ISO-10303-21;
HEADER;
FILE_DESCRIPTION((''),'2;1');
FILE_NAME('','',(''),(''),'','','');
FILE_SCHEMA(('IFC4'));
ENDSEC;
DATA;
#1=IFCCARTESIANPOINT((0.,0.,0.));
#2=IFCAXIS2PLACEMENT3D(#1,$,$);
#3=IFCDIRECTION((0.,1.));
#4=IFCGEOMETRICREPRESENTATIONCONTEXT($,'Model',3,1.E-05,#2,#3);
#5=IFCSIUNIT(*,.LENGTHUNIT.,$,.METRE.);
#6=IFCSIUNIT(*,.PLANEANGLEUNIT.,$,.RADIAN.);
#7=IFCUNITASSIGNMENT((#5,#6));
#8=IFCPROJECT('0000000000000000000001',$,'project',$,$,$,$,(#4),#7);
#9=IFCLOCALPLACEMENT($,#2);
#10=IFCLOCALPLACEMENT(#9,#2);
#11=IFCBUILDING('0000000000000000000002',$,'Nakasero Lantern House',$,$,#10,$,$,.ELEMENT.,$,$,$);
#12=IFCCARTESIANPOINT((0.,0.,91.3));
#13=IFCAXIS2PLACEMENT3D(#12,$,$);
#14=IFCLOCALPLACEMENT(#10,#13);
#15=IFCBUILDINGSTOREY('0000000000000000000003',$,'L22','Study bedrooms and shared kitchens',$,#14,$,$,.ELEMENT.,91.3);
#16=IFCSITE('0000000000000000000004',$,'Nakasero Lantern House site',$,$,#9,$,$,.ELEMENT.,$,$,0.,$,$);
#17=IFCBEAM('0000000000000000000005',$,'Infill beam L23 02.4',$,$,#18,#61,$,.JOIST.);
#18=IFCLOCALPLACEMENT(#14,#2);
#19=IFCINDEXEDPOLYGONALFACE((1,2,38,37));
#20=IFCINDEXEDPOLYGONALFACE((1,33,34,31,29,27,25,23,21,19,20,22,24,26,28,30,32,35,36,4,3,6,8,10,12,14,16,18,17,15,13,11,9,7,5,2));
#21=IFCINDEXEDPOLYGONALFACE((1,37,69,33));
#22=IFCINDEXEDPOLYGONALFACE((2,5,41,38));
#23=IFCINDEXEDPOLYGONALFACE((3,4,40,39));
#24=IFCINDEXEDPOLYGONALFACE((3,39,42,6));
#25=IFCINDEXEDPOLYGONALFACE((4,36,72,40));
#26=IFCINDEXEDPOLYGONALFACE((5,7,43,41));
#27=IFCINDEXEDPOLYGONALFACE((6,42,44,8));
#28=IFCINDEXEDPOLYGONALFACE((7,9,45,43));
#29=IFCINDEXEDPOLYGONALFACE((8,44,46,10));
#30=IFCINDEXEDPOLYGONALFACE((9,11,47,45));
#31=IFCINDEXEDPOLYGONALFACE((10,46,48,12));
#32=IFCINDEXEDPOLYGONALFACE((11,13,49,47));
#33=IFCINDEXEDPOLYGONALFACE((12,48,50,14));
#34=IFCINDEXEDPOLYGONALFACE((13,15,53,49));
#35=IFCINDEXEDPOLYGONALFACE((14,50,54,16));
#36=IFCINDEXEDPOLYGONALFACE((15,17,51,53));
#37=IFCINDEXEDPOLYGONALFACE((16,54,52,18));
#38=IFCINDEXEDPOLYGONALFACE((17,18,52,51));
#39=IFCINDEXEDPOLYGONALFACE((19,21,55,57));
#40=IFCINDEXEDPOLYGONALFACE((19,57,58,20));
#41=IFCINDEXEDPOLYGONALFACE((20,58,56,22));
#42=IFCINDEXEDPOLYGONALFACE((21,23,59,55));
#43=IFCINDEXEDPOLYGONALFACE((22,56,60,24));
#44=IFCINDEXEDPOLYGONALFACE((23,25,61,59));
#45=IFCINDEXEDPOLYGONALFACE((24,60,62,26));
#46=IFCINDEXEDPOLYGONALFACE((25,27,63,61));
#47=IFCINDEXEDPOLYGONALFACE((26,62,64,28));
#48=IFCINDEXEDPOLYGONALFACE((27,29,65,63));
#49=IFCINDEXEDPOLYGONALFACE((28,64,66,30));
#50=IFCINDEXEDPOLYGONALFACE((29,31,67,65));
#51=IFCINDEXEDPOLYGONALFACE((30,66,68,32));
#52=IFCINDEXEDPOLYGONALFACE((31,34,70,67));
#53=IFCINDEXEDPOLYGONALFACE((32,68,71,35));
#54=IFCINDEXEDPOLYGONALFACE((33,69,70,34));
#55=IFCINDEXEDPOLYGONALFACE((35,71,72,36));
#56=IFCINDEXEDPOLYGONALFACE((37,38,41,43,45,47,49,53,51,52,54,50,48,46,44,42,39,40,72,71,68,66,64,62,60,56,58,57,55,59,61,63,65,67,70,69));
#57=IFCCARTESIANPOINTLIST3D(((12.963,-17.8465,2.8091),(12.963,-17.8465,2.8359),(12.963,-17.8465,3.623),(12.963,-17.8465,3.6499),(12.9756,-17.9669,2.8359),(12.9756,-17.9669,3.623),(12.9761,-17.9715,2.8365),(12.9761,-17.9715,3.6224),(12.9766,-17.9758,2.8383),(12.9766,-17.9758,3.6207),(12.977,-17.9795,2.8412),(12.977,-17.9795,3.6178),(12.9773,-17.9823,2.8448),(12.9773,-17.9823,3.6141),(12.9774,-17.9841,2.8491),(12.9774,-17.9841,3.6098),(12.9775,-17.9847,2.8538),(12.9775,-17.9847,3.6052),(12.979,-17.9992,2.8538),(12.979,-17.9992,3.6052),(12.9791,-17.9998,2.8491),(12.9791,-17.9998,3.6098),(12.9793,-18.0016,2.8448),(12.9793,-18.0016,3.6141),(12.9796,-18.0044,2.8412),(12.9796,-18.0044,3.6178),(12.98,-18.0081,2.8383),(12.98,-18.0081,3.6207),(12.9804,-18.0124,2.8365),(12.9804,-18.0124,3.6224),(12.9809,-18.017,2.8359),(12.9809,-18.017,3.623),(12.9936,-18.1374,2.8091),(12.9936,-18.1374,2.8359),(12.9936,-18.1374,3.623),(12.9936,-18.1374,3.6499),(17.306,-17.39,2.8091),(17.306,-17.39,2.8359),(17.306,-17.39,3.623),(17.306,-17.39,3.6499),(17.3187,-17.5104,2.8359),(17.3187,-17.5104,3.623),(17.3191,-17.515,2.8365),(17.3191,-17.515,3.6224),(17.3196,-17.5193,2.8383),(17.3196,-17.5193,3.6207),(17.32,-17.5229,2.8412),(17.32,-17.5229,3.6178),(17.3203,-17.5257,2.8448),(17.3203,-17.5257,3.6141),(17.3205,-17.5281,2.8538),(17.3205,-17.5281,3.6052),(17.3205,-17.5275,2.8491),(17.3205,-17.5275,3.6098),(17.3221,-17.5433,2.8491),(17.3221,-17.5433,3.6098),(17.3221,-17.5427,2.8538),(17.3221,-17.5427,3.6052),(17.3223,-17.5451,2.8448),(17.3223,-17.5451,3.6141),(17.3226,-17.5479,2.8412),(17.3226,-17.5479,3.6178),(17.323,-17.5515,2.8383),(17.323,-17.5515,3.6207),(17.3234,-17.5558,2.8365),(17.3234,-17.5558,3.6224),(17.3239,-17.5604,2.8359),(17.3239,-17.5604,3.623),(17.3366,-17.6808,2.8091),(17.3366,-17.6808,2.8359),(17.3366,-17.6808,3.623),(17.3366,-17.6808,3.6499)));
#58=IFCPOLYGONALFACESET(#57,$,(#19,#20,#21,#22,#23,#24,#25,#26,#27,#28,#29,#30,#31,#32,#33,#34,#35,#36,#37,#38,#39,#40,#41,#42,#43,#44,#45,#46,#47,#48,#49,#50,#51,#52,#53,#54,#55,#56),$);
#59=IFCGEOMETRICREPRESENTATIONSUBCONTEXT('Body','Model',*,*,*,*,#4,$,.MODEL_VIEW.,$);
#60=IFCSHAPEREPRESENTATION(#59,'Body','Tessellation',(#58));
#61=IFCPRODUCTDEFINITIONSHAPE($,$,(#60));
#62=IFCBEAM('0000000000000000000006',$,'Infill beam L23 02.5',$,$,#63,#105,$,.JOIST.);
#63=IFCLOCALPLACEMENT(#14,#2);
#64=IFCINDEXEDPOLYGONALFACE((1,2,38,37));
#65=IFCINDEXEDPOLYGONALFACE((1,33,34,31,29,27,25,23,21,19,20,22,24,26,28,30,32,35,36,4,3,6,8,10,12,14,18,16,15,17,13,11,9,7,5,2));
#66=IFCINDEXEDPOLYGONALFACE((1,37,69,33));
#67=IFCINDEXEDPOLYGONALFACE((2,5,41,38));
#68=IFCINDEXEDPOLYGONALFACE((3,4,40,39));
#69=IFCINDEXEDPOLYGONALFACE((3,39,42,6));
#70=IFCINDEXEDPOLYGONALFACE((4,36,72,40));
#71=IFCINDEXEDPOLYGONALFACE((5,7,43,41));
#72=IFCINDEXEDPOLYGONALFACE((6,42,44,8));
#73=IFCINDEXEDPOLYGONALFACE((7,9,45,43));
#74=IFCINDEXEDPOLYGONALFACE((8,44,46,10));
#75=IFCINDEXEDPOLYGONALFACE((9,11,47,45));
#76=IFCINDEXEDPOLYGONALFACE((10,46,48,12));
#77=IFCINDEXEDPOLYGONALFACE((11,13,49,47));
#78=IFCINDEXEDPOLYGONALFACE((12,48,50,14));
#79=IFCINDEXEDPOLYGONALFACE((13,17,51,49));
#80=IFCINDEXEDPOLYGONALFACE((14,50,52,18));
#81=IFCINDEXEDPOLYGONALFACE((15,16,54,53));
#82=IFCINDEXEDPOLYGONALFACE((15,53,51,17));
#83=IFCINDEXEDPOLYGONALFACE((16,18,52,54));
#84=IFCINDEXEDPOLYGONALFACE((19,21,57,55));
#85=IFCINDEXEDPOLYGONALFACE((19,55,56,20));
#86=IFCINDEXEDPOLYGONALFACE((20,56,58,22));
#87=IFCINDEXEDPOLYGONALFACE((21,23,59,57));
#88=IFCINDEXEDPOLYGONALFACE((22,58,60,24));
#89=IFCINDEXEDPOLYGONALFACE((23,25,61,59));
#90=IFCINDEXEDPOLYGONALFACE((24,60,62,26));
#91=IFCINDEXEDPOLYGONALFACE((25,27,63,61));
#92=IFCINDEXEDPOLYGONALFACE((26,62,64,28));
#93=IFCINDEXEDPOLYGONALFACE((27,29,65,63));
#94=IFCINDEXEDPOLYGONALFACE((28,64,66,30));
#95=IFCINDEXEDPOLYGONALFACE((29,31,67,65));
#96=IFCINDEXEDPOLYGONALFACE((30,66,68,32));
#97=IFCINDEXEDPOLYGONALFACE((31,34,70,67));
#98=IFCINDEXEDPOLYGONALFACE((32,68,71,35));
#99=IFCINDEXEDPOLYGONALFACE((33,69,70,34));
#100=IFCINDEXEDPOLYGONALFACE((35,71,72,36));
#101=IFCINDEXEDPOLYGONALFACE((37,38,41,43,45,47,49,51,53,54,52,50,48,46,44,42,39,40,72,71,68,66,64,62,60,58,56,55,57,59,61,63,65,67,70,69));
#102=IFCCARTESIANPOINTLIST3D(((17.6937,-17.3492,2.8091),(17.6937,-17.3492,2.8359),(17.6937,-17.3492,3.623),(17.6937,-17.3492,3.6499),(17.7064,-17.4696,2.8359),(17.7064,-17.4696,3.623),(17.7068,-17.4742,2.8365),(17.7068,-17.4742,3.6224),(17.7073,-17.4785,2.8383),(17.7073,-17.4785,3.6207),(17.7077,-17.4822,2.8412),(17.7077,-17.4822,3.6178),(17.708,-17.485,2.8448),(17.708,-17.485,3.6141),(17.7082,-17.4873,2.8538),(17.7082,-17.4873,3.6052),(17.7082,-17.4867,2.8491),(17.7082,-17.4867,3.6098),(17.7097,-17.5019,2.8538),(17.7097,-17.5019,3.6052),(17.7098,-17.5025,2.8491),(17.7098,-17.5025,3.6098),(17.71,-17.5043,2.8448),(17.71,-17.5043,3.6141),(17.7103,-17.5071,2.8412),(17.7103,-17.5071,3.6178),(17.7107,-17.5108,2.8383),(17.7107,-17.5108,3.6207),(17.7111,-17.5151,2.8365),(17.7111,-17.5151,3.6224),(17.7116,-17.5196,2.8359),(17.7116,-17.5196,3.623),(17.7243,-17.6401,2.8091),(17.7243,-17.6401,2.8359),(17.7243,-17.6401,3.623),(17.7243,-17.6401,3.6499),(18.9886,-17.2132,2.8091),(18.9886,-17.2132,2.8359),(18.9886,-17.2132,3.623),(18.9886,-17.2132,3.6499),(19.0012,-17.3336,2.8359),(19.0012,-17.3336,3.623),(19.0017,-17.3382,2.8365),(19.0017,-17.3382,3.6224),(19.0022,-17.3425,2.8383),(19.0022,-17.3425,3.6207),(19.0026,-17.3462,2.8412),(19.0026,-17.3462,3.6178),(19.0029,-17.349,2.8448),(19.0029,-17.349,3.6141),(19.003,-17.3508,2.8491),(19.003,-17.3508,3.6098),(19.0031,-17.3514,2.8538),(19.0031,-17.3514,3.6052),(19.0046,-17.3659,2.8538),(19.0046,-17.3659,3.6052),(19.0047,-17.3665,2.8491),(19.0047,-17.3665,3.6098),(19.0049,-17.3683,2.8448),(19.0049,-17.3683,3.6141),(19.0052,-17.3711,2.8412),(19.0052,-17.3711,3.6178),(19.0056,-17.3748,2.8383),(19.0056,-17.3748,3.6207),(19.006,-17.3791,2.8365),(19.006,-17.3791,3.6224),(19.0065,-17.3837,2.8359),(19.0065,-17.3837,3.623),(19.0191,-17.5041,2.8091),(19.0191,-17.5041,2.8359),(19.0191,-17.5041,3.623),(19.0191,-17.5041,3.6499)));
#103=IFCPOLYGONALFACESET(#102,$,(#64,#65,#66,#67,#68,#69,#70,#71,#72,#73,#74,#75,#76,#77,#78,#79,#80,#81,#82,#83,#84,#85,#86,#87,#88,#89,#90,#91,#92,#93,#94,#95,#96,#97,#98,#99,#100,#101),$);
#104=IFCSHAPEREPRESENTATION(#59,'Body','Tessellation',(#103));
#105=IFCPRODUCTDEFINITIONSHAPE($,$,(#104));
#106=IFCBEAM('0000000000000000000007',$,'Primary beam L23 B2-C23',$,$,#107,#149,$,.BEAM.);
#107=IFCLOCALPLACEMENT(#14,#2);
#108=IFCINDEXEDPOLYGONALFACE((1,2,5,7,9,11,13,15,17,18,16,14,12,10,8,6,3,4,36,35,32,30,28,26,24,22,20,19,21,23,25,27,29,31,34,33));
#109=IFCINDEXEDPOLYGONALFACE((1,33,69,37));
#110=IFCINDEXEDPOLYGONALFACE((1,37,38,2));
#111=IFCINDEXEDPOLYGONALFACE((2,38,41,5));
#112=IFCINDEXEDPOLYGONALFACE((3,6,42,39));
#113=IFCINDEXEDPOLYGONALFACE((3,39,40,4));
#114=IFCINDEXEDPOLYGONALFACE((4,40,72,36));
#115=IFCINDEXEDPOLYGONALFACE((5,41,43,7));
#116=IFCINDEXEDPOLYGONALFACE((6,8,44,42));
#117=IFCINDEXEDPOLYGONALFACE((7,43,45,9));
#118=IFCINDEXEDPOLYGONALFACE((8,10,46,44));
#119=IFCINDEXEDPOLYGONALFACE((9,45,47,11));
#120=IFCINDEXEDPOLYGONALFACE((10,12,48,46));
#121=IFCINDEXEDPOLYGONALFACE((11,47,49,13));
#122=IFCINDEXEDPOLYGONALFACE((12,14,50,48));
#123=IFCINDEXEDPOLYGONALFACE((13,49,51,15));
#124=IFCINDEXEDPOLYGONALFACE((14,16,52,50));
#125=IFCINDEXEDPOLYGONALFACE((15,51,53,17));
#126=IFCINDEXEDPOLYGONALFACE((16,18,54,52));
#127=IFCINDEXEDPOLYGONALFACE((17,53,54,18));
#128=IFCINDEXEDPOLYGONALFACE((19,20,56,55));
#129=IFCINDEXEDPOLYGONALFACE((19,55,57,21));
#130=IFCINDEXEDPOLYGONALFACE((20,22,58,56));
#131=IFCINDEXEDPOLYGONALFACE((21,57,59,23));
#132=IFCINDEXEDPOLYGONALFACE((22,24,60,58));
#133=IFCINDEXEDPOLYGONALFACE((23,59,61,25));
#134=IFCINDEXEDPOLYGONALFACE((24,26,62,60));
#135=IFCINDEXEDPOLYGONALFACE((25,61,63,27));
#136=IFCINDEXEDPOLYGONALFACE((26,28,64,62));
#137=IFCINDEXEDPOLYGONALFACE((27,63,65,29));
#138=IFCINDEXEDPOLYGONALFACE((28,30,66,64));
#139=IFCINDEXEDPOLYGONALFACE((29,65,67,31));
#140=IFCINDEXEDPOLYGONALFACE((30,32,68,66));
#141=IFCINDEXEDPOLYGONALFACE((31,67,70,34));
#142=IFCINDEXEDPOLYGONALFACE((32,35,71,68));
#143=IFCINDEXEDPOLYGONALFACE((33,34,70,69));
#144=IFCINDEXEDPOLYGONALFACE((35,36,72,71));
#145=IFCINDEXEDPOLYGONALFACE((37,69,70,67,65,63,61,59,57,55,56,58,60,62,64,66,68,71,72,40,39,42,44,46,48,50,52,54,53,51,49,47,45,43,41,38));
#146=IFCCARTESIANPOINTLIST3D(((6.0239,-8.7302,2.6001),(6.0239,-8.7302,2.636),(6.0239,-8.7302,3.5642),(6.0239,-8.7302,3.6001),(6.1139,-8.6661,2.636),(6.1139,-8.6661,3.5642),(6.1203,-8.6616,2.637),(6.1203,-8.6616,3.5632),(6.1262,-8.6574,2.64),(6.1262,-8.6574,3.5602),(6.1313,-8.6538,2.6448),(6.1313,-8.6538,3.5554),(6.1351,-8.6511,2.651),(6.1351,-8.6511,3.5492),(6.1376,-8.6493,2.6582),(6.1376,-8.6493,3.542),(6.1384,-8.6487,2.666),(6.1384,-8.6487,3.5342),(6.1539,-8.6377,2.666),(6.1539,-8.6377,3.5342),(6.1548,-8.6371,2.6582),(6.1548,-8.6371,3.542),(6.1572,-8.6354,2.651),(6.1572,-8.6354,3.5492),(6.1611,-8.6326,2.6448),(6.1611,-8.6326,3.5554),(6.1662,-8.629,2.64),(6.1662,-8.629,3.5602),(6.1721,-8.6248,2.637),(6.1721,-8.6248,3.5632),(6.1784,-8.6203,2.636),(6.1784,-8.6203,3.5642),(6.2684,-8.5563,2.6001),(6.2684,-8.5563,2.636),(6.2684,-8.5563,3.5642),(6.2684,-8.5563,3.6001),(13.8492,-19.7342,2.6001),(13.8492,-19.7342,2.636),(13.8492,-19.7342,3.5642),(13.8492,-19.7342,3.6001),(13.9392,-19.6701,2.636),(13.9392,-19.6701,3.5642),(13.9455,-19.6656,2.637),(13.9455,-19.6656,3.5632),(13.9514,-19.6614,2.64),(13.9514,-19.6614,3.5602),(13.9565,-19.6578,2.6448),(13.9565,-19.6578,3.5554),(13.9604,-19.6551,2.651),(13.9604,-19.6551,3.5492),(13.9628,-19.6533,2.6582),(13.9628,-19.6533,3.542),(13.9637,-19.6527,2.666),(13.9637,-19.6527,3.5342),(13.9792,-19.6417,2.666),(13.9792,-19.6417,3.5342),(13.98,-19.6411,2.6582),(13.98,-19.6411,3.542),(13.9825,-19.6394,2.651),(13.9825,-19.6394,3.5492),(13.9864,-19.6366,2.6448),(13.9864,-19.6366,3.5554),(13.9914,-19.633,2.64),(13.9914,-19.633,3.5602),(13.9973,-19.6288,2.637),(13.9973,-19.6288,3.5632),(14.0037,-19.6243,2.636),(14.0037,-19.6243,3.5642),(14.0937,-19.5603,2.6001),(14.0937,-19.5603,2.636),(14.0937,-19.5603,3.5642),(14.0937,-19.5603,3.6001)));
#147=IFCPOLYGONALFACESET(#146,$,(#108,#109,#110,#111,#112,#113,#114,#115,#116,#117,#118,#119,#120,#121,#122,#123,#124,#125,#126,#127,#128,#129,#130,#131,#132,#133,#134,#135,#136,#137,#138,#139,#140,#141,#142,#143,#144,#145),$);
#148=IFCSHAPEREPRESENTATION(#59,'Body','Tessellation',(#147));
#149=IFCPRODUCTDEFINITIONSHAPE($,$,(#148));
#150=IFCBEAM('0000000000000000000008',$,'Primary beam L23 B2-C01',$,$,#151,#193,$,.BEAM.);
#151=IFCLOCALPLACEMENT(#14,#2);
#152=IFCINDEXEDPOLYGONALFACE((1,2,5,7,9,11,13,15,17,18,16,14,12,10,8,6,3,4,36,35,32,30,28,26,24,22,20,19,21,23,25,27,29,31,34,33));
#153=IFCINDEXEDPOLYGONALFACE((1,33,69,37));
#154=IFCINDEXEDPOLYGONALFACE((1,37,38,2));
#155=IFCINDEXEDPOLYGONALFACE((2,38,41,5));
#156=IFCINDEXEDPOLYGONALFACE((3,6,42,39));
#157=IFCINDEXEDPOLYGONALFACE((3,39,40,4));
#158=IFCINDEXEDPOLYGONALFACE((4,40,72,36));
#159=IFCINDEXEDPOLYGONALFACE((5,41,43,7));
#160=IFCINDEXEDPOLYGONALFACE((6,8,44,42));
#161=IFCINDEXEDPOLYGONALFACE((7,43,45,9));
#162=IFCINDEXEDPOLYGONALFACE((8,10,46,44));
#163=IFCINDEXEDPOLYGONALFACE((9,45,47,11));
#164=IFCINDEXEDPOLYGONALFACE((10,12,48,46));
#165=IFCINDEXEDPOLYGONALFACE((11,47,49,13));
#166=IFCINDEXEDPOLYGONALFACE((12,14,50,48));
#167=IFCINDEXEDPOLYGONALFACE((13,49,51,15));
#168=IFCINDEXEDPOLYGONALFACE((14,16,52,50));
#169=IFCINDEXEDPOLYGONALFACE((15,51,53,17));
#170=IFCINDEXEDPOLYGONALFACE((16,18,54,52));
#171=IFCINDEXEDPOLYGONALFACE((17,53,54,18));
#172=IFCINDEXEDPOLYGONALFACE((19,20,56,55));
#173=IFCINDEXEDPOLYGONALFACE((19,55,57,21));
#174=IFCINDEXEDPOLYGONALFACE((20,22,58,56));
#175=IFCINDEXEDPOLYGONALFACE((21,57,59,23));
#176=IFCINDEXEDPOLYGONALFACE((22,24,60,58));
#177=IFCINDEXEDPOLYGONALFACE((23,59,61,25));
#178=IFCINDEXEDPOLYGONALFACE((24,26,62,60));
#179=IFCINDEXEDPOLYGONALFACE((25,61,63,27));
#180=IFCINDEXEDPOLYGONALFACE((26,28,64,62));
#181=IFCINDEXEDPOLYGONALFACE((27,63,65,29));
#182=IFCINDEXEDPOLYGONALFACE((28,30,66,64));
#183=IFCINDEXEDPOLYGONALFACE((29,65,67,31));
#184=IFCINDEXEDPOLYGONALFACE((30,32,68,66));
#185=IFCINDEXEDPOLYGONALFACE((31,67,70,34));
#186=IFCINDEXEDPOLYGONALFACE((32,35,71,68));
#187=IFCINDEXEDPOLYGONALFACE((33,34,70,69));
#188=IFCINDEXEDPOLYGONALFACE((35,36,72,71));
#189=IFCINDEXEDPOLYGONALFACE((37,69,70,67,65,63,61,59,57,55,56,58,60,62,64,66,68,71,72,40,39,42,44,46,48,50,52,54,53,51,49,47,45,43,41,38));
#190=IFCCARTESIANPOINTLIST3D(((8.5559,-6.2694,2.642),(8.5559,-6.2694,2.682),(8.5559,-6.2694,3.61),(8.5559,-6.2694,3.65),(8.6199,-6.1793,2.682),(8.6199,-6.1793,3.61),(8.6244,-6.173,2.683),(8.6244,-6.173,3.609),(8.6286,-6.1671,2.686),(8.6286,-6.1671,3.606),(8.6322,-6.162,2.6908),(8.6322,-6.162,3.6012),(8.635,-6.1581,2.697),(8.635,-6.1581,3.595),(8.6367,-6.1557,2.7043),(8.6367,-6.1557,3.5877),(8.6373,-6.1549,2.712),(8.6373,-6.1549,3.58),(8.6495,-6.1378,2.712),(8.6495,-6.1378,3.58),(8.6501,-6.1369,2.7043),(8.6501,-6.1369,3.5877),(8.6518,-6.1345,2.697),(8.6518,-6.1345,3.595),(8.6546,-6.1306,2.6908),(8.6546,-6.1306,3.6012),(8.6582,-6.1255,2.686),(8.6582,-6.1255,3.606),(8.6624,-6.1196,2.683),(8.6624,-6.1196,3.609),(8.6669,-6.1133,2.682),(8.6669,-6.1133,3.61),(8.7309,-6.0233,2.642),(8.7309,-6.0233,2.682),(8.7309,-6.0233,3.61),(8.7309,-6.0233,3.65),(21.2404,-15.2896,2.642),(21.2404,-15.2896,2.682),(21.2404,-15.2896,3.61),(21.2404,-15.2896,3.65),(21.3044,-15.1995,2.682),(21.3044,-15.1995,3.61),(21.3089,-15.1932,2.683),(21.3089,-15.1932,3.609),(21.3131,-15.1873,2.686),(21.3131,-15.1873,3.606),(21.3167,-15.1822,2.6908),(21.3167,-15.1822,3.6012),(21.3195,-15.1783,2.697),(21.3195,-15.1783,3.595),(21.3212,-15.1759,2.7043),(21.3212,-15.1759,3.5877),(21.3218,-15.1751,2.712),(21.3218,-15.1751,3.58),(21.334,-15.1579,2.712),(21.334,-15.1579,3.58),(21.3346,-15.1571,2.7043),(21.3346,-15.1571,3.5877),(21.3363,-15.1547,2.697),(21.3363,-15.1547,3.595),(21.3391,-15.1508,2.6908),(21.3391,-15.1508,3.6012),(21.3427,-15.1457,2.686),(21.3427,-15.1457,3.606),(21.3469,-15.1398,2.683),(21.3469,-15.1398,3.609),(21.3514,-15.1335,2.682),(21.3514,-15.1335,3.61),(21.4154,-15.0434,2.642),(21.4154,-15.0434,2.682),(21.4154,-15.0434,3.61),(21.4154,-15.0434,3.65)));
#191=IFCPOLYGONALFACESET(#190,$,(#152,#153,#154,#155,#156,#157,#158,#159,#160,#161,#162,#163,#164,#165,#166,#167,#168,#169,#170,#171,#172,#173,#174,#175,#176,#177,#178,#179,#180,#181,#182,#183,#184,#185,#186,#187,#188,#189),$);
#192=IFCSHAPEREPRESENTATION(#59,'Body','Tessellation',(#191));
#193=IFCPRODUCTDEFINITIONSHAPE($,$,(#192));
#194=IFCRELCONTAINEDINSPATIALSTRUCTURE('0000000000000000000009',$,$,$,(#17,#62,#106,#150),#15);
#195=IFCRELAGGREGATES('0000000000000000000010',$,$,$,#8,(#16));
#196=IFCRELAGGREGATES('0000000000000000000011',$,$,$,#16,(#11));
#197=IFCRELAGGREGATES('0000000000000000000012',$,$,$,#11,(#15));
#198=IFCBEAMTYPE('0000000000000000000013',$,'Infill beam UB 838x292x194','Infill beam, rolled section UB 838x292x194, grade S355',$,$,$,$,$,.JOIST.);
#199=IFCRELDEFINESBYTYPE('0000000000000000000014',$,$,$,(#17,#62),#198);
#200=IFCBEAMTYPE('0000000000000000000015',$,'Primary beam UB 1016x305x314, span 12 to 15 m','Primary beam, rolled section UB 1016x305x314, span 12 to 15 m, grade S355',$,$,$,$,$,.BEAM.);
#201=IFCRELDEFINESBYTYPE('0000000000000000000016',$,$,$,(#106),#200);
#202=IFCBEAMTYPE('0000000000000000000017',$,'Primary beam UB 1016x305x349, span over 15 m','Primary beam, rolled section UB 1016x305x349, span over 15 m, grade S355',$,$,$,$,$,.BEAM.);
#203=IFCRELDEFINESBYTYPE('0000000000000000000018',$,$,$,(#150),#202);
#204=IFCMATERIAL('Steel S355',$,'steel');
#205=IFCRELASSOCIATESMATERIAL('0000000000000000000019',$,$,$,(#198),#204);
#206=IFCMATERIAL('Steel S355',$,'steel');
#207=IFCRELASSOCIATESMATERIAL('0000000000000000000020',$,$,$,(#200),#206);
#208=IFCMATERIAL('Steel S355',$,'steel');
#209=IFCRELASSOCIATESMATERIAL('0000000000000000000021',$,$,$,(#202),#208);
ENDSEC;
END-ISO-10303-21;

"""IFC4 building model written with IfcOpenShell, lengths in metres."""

from ifc_helpers import new_model, si_unit, direction, frame, origin, origin_2d, place, context, subcontext, project, spatial, i_section, extrude, material, material_profile, profile_set, type_object, element, save


model = new_model("IFC4")

# Units and contexts
model_context = context("Model", 3, precision=1e-05, world=origin(), true_north=direction((0.0, 1.0)))
body_context = subcontext(model_context, "Body", "Model", "MODEL_VIEW")
ifc_project = project(units=[si_unit("LENGTHUNIT", "METRE"), si_unit("PLANEANGLEUNIT", "RADIAN")], contexts=[model_context])

# Site, building, storey
site_placement = place(None, origin())
site = spatial("IfcSite", under=ifc_project, at=site_placement, Name="Nakasero Lantern House site", CompositionType="ELEMENT", RefElevation=0.0)
building_placement = place(site_placement, origin())
building = spatial("IfcBuilding", under=site, at=building_placement, Name="Nakasero Lantern House", CompositionType="ELEMENT")
storey_placement = place(building_placement, frame((0.0, 0.0, 91.3)))
storey = spatial("IfcBuildingStorey", under=building, at=storey_placement, Name="L22", Description="Study bedrooms and shared kitchens", CompositionType="ELEMENT", Elevation=91.3)

# Beams
ifc_material_1 = material(Name="Steel S355", Category="steel")
ifc_material_profile_1 = material_profile(ifc_material_1, i_section(OverallWidth=0.2925, OverallDepth=0.8408, WebThickness=0.0146, FlangeThickness=0.0269, FilletRadius=0.0178, at=origin_2d()), Name="UB 838x292x194")
ifc_profile_set_1 = profile_set([ifc_material_profile_1], Name="Steel S355")
beam_type_1 = type_object("IfcBeamType", Name="Infill beam UB 838x292x194", Description="Infill beam, rolled section UB 838x292x194, grade S355", PredefinedType="JOIST", material=ifc_profile_set_1)
beam_1_placement = place(storey_placement, frame((12.9783, -17.9919, 3.2295), z_axis=(0.99452, 0.104545, 0.0), x_axis=(-0.104545, 0.99452, 0.0)))
element("IfcBeam", 1, at=beam_1_placement, inside=storey, type_object=beam_type_1, Name="Infill beam L23 02.4", PredefinedType="JOIST", context=body_context, shape_type="SweptSolid", body=[
    extrude(i_section(OverallWidth=0.2925, OverallDepth=0.8408, WebThickness=0.0146, FlangeThickness=0.0269, FilletRadius=0.0178, at=origin_2d()), origin(), (0.0, 0.0, 1.0), 4.3669),
])
beam_2_placement = place(storey_placement, frame((17.709, -17.4946, 3.2295), z_axis=(0.994531, 0.104441, 0.0), x_axis=(-0.104441, 0.994531, 0.0)))
element("IfcBeam", 2, at=beam_2_placement, inside=storey, type_object=beam_type_1, Name="Infill beam L23 02.5", PredefinedType="JOIST", context=body_context, shape_type="SweptSolid", body=[
    extrude(i_section(OverallWidth=0.2925, OverallDepth=0.8408, WebThickness=0.0146, FlangeThickness=0.0269, FilletRadius=0.0178, at=origin_2d()), origin(), (0.0, 0.0, 1.0), 1.302),
])
ifc_material_2 = material(Name="Steel S355", Category="steel")
ifc_material_profile_2 = material_profile(ifc_material_2, i_section(OverallWidth=0.3, OverallDepth=1.0, WebThickness=0.019, FlangeThickness=0.0359, FilletRadius=0.03, at=origin_2d()), Name="UB 1016x305x314")
ifc_profile_set_2 = profile_set([ifc_material_profile_2], Name="Steel S355")
beam_type_2 = type_object("IfcBeamType", Name="Primary beam UB 1016x305x314, span 12 to 15 m", Description="Primary beam, rolled section UB 1016x305x314, span 12 to 15 m, grade S355", PredefinedType="BEAM", material=ifc_profile_set_2)
beam_3_placement = place(storey_placement, frame((13.9714, -19.6472, 3.1001), z_axis=(-0.579533, 0.814948, 0.0), x_axis=(-0.814948, -0.579533, 0.0)))
element("IfcBeam", 3, at=beam_3_placement, inside=storey, type_object=beam_type_2, Name="Primary beam L23 B2-C23", PredefinedType="BEAM", context=body_context, shape_type="SweptSolid", body=[
    extrude(i_section(OverallWidth=0.3, OverallDepth=1.0, WebThickness=0.019, FlangeThickness=0.0359, FilletRadius=0.03, at=origin_2d()), origin(), (0.0, 0.0, 1.0), 13.5027),
])
ifc_material_3 = material(Name="Steel S355", Category="steel")
ifc_material_profile_3 = material_profile(ifc_material_3, i_section(OverallWidth=0.302, OverallDepth=1.0081, WebThickness=0.021, FlangeThickness=0.04, FilletRadius=0.03, at=origin_2d()), Name="UB 1016x305x349")
ifc_profile_set_3 = profile_set([ifc_material_profile_3], Name="Steel S355")
beam_type_3 = type_object("IfcBeamType", Name="Primary beam UB 1016x305x349, span over 15 m", Description="Primary beam, rolled section UB 1016x305x349, span over 15 m, grade S355", PredefinedType="BEAM", material=ifc_profile_set_3)
beam_4_placement = place(storey_placement, frame((21.3279, -15.1665, 3.146), z_axis=(-0.814952, 0.579529, 0.0), x_axis=(-0.579529, -0.814952, 0.0)))
element("IfcBeam", 4, at=beam_4_placement, inside=storey, type_object=beam_type_3, Name="Primary beam L23 B2-C01", PredefinedType="BEAM", context=body_context, shape_type="SweptSolid", body=[
    extrude(i_section(OverallWidth=0.302, OverallDepth=1.0081, WebThickness=0.021, FlangeThickness=0.04, FilletRadius=0.03, at=origin_2d()), origin(), (0.0, 0.0, 1.0), 15.5647),
])

save(model, "model.ifc")
